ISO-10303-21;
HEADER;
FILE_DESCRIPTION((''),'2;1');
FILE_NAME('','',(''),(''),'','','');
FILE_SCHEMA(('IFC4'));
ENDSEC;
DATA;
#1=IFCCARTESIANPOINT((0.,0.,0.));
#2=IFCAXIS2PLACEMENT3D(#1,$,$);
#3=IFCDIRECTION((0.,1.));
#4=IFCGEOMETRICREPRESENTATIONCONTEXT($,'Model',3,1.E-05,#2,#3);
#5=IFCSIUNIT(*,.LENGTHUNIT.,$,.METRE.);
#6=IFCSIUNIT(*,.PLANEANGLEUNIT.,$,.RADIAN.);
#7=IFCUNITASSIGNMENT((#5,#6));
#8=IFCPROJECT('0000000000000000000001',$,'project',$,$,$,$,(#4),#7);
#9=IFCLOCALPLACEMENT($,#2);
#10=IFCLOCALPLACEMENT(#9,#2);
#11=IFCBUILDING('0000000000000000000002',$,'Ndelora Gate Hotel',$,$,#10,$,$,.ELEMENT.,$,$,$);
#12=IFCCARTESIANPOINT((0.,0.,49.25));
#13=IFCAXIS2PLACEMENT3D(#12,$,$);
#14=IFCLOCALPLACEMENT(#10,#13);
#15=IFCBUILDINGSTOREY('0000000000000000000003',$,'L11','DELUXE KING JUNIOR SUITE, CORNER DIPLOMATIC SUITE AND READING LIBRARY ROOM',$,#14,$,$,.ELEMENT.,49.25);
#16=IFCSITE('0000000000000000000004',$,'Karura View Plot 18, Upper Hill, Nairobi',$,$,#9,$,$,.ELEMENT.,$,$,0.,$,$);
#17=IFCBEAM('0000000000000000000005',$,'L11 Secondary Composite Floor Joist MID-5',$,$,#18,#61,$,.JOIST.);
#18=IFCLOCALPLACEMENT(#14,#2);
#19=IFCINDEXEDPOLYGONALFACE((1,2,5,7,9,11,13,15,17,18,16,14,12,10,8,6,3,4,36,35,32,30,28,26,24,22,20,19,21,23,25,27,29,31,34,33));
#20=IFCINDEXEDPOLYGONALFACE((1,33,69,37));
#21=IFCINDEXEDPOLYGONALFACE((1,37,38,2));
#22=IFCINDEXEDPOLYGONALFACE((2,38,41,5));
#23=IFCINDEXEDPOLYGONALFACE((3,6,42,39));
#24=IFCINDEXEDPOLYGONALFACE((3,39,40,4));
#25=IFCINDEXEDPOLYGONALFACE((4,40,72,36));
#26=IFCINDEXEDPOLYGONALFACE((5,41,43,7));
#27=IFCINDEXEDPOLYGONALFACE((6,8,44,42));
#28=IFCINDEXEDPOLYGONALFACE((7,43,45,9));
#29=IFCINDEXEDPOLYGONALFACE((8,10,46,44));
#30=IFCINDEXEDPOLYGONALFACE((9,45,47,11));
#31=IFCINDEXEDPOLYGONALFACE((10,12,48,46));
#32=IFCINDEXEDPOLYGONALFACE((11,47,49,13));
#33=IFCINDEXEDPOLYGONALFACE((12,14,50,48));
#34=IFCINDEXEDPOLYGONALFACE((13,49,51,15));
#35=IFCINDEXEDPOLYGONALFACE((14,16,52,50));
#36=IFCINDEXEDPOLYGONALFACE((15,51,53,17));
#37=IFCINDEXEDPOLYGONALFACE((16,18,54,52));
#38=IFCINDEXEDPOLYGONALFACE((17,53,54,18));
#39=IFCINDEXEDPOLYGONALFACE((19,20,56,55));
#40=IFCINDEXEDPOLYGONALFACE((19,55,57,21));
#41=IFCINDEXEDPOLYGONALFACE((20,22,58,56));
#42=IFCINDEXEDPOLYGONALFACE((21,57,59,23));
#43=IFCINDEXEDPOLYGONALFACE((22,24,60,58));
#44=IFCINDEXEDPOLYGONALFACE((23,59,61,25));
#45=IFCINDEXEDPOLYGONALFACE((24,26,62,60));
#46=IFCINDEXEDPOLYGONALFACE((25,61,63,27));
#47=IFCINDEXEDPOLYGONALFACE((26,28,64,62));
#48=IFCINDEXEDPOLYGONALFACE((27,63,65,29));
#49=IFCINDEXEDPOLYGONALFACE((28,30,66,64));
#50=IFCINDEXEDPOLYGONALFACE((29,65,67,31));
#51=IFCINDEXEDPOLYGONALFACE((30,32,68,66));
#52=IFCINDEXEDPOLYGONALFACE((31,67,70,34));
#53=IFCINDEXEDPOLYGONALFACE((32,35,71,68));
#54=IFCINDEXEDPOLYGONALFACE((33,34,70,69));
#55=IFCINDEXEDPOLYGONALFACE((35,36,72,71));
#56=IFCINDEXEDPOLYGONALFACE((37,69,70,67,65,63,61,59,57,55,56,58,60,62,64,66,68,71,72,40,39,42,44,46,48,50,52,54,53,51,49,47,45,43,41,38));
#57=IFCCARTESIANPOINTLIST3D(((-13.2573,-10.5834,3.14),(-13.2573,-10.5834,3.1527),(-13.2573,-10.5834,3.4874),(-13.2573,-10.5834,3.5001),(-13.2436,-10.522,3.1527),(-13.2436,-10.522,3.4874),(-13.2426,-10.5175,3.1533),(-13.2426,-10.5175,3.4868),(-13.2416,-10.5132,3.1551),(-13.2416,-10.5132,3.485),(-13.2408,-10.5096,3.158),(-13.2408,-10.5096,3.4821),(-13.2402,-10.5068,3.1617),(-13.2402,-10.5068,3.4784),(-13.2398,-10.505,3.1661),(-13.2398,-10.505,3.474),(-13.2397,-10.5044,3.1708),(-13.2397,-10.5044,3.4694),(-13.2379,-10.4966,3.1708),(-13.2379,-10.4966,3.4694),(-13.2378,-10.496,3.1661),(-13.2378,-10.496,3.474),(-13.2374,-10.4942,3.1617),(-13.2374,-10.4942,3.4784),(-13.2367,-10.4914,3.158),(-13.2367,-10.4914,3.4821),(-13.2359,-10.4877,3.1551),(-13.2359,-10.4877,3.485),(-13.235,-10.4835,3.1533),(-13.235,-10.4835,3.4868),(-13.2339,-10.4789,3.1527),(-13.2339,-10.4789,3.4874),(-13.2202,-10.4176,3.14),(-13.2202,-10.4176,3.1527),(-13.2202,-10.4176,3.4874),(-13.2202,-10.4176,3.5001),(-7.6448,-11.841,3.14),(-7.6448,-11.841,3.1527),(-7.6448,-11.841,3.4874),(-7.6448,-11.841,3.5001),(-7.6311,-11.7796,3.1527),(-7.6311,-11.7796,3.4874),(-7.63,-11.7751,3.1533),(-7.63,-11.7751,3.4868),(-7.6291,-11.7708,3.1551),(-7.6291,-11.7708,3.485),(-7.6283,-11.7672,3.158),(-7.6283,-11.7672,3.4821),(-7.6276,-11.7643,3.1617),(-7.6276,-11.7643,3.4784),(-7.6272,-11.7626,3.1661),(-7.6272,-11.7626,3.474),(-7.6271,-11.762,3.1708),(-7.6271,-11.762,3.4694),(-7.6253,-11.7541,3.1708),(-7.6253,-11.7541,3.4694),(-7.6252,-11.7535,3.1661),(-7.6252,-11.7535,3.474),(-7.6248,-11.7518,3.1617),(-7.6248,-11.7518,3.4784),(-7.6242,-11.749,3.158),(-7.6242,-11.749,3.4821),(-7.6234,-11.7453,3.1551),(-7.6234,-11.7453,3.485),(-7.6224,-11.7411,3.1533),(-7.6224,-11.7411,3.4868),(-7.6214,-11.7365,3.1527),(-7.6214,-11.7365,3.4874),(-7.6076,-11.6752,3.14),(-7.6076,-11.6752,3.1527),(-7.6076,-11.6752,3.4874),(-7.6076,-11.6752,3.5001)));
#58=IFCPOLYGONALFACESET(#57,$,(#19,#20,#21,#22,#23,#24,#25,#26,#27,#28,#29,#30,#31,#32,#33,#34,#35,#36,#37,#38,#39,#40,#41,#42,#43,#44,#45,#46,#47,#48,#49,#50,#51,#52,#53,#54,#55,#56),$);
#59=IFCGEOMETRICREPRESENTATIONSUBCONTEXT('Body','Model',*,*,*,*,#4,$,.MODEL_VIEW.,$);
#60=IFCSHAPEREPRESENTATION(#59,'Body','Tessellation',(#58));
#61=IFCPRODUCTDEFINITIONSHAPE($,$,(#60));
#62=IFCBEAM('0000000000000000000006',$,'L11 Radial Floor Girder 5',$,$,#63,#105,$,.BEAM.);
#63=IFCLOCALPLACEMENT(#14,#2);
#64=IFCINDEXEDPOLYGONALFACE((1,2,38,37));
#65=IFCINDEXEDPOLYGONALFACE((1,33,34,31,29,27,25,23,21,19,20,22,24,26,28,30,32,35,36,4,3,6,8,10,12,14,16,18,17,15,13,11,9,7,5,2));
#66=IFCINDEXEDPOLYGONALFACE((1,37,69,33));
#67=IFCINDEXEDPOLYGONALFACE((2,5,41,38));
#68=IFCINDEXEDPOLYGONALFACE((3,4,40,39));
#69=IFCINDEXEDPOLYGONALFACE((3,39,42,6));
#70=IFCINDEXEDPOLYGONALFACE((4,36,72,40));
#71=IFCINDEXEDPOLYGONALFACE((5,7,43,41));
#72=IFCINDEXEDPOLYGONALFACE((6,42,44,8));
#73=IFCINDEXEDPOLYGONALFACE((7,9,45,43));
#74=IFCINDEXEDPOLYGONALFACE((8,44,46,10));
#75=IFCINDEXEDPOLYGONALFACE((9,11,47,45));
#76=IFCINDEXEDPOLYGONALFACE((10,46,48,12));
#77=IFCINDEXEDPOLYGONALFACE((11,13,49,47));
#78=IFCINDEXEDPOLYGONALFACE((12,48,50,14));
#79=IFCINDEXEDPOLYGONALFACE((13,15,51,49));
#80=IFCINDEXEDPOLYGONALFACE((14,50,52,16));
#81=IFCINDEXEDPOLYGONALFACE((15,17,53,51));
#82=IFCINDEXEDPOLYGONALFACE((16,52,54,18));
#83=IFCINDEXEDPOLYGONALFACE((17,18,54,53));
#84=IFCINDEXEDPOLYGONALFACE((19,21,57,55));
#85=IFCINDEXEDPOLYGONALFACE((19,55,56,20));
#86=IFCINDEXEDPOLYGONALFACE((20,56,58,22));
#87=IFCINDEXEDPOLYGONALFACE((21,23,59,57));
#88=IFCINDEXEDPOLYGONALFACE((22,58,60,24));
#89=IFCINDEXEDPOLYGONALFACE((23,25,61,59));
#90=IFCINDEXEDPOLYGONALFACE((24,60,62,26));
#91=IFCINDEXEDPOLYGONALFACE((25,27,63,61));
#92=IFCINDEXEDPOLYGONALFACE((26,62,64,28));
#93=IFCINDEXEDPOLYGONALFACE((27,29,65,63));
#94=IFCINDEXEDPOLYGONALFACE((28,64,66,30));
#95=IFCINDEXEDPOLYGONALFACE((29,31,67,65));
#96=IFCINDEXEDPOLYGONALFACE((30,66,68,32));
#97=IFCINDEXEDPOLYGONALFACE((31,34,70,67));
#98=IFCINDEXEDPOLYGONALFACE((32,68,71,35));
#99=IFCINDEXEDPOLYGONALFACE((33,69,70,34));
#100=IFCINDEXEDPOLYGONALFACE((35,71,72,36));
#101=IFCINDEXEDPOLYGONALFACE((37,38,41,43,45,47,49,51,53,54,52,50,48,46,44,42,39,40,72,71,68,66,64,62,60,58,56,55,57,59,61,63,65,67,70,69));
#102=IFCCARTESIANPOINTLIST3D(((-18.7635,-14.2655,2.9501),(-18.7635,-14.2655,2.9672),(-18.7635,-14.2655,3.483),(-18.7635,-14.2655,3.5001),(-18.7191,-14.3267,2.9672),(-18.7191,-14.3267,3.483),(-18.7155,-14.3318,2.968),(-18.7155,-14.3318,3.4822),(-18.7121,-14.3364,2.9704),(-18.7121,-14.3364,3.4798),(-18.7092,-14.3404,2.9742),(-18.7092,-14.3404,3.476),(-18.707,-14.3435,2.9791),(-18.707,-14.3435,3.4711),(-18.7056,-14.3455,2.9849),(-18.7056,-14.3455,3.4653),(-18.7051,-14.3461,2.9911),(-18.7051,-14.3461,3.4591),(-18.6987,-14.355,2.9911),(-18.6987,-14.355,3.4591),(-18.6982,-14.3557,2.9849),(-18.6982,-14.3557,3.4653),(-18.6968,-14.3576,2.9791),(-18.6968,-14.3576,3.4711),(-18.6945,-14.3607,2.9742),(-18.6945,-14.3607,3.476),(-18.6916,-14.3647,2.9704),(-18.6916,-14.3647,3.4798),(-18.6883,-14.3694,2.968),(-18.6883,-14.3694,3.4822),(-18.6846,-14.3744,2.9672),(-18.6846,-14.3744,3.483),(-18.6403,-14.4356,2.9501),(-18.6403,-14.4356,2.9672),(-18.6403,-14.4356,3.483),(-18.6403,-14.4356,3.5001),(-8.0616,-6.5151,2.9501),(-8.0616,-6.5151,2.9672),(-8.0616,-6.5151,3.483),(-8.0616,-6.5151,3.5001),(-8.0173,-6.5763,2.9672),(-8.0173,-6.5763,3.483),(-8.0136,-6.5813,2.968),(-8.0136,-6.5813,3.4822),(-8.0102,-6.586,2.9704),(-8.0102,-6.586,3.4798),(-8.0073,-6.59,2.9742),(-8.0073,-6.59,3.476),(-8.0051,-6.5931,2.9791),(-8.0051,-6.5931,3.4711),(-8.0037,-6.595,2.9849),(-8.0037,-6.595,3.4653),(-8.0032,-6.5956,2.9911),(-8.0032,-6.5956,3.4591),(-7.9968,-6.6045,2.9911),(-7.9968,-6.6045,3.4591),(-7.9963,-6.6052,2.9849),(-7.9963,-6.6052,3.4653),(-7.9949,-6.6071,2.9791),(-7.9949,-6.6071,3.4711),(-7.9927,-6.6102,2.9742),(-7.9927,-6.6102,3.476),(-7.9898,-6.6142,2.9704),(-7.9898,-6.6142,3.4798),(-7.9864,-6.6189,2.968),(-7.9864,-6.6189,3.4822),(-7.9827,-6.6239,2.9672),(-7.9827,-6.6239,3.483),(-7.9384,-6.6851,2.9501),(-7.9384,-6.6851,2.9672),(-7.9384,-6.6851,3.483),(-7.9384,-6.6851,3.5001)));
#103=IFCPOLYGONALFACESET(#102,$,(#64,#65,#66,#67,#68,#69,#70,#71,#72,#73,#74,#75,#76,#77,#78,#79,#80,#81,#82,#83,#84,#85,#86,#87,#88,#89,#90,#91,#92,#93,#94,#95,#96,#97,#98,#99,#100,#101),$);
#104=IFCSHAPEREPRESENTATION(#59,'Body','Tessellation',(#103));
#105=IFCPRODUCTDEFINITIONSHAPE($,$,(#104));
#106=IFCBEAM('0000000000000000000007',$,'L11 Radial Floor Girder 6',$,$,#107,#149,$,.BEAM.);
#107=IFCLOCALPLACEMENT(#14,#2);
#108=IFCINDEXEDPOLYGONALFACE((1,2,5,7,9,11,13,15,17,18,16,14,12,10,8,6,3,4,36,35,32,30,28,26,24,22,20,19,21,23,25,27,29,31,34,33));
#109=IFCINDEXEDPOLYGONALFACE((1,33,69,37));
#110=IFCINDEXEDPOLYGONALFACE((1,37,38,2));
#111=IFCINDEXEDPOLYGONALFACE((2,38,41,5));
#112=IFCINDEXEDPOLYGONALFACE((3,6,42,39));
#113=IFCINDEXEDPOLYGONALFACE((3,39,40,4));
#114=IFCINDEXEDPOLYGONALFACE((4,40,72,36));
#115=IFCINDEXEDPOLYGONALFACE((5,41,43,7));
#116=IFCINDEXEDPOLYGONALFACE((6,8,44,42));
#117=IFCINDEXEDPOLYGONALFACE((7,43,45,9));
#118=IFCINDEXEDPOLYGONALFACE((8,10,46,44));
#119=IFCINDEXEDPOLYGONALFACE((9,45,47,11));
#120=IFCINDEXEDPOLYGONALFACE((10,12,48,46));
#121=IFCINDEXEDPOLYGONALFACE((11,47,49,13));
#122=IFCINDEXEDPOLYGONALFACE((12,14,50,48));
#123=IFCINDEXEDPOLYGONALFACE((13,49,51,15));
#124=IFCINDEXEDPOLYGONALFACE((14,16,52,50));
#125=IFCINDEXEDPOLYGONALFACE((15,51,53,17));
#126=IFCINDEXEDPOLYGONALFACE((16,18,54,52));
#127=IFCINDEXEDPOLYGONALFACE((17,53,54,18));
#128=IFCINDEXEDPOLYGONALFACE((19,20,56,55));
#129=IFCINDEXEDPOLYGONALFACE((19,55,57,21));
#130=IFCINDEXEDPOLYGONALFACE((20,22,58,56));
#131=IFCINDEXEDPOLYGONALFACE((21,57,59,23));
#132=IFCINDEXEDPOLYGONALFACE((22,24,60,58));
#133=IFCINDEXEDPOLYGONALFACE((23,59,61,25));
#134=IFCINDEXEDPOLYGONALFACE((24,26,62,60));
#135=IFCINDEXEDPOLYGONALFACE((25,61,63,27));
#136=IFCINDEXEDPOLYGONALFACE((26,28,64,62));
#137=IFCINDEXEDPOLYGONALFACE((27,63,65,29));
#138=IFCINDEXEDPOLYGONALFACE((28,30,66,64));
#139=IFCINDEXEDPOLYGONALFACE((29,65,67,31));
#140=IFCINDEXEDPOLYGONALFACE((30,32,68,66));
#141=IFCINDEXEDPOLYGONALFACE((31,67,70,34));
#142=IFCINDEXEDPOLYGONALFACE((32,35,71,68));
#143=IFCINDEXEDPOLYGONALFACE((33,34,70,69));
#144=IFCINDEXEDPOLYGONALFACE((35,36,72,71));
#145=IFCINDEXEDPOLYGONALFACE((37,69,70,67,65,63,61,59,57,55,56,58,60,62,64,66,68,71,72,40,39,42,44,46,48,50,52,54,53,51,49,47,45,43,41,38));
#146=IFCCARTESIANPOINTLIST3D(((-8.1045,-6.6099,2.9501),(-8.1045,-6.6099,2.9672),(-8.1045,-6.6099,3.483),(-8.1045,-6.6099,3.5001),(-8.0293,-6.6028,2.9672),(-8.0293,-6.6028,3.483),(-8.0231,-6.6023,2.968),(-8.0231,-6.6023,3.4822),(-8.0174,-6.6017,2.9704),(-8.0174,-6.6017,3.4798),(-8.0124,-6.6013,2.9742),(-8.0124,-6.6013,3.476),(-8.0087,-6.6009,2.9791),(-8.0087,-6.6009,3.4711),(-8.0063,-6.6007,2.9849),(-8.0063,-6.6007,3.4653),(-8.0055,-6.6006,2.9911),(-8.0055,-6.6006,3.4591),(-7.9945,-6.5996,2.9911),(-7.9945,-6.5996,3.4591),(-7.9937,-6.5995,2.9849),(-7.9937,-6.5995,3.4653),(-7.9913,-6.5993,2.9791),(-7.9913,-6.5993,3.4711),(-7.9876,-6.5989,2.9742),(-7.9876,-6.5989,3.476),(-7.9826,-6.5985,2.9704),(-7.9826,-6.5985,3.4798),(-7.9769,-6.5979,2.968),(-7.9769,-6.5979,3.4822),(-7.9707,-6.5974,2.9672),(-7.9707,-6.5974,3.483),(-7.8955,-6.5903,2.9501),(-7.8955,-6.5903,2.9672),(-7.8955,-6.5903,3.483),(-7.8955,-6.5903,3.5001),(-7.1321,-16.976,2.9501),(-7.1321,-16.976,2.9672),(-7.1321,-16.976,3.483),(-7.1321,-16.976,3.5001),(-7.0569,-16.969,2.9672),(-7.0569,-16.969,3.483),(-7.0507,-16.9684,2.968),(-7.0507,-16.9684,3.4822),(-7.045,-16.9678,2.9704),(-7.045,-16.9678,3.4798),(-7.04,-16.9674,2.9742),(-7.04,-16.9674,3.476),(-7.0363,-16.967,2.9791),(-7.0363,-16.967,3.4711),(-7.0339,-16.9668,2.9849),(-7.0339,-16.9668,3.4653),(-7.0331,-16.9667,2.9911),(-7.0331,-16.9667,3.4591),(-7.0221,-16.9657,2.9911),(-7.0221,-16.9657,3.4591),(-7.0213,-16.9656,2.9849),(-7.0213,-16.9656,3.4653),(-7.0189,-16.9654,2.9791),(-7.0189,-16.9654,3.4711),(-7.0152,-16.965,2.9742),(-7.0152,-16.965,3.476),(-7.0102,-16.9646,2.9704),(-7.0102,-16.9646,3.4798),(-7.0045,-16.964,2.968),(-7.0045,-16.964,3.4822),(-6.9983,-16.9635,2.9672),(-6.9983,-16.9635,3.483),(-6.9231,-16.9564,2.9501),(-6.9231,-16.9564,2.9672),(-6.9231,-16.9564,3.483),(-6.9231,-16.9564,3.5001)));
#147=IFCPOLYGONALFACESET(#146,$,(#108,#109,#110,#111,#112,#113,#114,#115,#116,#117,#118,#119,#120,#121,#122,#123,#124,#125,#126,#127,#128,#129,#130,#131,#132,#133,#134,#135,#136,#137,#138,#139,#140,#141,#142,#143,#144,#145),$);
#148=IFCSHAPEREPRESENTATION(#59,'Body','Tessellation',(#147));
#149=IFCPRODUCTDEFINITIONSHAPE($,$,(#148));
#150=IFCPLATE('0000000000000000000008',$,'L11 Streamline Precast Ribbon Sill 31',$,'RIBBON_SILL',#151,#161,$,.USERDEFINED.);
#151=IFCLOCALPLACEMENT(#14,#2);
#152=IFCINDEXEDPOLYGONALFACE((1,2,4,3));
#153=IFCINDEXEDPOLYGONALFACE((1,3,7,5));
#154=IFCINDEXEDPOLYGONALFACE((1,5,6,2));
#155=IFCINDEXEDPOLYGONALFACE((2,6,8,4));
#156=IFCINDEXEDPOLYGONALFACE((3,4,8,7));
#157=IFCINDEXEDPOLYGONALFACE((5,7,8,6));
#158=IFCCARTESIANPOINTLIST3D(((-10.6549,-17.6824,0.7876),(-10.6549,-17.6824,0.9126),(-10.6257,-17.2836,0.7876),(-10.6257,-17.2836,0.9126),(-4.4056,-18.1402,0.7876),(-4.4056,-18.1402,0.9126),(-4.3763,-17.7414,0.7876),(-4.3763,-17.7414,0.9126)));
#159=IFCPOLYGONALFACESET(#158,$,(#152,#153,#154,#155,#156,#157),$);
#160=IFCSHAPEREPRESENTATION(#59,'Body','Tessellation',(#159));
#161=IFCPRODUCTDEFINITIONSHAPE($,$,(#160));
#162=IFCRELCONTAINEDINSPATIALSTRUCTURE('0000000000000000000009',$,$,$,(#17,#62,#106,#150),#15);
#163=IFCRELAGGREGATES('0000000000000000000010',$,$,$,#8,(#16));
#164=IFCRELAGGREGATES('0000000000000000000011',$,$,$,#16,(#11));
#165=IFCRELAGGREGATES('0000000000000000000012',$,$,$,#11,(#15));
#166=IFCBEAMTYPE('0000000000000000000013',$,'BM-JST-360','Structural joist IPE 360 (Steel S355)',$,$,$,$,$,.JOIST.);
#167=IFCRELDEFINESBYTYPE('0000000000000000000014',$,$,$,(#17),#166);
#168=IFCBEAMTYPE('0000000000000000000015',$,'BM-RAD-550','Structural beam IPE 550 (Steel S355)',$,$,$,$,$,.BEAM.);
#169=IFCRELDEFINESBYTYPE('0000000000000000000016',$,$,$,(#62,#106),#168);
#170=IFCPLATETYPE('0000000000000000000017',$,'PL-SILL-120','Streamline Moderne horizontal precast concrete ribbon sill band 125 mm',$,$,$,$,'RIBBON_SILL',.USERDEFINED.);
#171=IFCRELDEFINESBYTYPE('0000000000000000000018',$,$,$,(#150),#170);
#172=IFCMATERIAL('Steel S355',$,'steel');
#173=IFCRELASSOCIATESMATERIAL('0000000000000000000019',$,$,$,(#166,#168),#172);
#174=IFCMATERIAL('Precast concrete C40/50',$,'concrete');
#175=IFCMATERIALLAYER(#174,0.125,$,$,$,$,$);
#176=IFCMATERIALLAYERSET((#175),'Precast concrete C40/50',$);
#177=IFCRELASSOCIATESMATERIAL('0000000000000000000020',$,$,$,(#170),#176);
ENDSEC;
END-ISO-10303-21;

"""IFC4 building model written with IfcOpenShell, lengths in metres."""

from ifc_helpers import new_model, si_unit, direction, frame, origin, origin_2d, place, context, subcontext, project, spatial, rectangle, i_section, extrude, material, layer, layer_set, material_profile, profile_set, type_object, element, save


model = new_model("IFC4")

# Units and contexts
model_context = context("Model", 3, precision=1e-05, world=origin(), true_north=direction((0.0, 1.0)))
body_context = subcontext(model_context, "Body", "Model", "MODEL_VIEW")
ifc_project = project(units=[si_unit("LENGTHUNIT", "METRE"), si_unit("PLANEANGLEUNIT", "RADIAN")], contexts=[model_context])

# Site, building, storey
site_placement = place(None, origin())
site = spatial("IfcSite", under=ifc_project, at=site_placement, Name="Karura View Plot 18, Upper Hill, Nairobi", CompositionType="ELEMENT", RefElevation=0.0)
building_placement = place(site_placement, origin())
building = spatial("IfcBuilding", under=site, at=building_placement, Name="Ndelora Gate Hotel", CompositionType="ELEMENT")
storey_placement = place(building_placement, frame((0.0, 0.0, 49.25)))
storey = spatial("IfcBuildingStorey", under=building, at=storey_placement, Name="L11", Description="DELUXE KING JUNIOR SUITE, CORNER DIPLOMATIC SUITE AND READING LIBRARY ROOM", CompositionType="ELEMENT", Elevation=49.25)

# Beams
ifc_material_1 = material(Name="Steel S355", Category="steel")
ifc_material_profile_1 = material_profile(ifc_material_1, i_section(OverallWidth=0.1699, OverallDepth=0.3601, WebThickness=0.0081, FlangeThickness=0.0127, FilletRadius=0.0181, at=origin_2d()), Name="IPE 360")
ifc_profile_set_1 = profile_set([ifc_material_profile_1], Name="Steel S355")
beam_type_1 = type_object("IfcBeamType", Name="BM-JST-360", Description="Structural joist IPE 360 (Steel S355)", PredefinedType="JOIST", material=ifc_profile_set_1)
beam_1_placement = place(storey_placement, frame((-13.2388, -10.5005, 3.3201), z_axis=(0.975805, -0.218642, 0.0), x_axis=(0.218642, 0.975805, 0.0)))
element("IfcBeam", 1, at=beam_1_placement, inside=storey, type_object=beam_type_1, Name="L11 Secondary Composite Floor Joist MID-5", PredefinedType="JOIST", context=body_context, shape_type="SweptSolid", body=[
    extrude(i_section(OverallWidth=0.1699, OverallDepth=0.3601, WebThickness=0.0081, FlangeThickness=0.0127, FilletRadius=0.0181, at=origin_2d()), origin(), (0.0, 0.0, 1.0), 5.7517),
])
ifc_material_profile_2 = material_profile(ifc_material_1, i_section(OverallWidth=0.21, OverallDepth=0.55, WebThickness=0.011, FlangeThickness=0.0171, FilletRadius=0.0239, at=origin_2d()), Name="IPE 550")
ifc_profile_set_2 = profile_set([ifc_material_profile_2], Name="Steel S355")
beam_type_2 = type_object("IfcBeamType", Name="BM-RAD-550", Description="Structural beam IPE 550 (Steel S355)", PredefinedType="BEAM", material=ifc_profile_set_2)
beam_2_placement = place(storey_placement, frame((-8.0, -6.6001, 3.2251), z_axis=(-0.809912, -0.586551, 0.0), x_axis=(0.586551, -0.809912, 0.0)))
element("IfcBeam", 2, at=beam_2_placement, inside=storey, type_object=beam_type_2, Name="L11 Radial Floor Girder 5", PredefinedType="BEAM", context=body_context, shape_type="SweptSolid", body=[
    extrude(i_section(OverallWidth=0.21, OverallDepth=0.55, WebThickness=0.011, FlangeThickness=0.0171, FilletRadius=0.0239, at=origin_2d()), origin(), (0.0, 0.0, 1.0), 13.2136),
])
beam_3_placement = place(storey_placement, frame((-8.0, -6.6001, 3.2251), z_axis=(0.093396, -0.995629, 0.0), x_axis=(0.995629, 0.093396, 0.0)))
element("IfcBeam", 3, at=beam_3_placement, inside=storey, type_object=beam_type_2, Name="L11 Radial Floor Girder 6", PredefinedType="BEAM", context=body_context, shape_type="SweptSolid", body=[
    extrude(i_section(OverallWidth=0.21, OverallDepth=0.55, WebThickness=0.011, FlangeThickness=0.0171, FilletRadius=0.0239, at=origin_2d()), origin(), (0.0, 0.0, 1.0), 10.4116),
])

# Plate
ifc_material_2 = material(Name="Precast concrete C40/50", Category="concrete")
ifc_layer_1 = layer(ifc_material_2, 0.125)
ifc_layer_set_1 = layer_set([ifc_layer_1], Name="Precast concrete C40/50")
plate_type = type_object("IfcPlateType", Name="PL-SILL-120", Description="Streamline Moderne horizontal precast concrete ribbon sill band 125 mm", ElementType="RIBBON_SILL", PredefinedType="USERDEFINED", material=ifc_layer_set_1)
plate_placement = place(storey_placement, frame((-7.5156, -17.7119, 0.7876), z_axis=(0.0, 0.0, 1.0), x_axis=(-0.997327, 0.073064, 0.0)))
element("IfcPlate", 4, at=plate_placement, inside=storey, type_object=plate_type, Name="L11 Streamline Precast Ribbon Sill 31", ObjectType="RIBBON_SILL", PredefinedType="USERDEFINED", context=body_context, shape_type="SweptSolid", body=[
    extrude(rectangle(XDim=6.2661, YDim=0.3999, at=origin_2d()), origin(), (0.0, 0.0, 1.0), 0.125),
])

save(model, "model.ifc")
